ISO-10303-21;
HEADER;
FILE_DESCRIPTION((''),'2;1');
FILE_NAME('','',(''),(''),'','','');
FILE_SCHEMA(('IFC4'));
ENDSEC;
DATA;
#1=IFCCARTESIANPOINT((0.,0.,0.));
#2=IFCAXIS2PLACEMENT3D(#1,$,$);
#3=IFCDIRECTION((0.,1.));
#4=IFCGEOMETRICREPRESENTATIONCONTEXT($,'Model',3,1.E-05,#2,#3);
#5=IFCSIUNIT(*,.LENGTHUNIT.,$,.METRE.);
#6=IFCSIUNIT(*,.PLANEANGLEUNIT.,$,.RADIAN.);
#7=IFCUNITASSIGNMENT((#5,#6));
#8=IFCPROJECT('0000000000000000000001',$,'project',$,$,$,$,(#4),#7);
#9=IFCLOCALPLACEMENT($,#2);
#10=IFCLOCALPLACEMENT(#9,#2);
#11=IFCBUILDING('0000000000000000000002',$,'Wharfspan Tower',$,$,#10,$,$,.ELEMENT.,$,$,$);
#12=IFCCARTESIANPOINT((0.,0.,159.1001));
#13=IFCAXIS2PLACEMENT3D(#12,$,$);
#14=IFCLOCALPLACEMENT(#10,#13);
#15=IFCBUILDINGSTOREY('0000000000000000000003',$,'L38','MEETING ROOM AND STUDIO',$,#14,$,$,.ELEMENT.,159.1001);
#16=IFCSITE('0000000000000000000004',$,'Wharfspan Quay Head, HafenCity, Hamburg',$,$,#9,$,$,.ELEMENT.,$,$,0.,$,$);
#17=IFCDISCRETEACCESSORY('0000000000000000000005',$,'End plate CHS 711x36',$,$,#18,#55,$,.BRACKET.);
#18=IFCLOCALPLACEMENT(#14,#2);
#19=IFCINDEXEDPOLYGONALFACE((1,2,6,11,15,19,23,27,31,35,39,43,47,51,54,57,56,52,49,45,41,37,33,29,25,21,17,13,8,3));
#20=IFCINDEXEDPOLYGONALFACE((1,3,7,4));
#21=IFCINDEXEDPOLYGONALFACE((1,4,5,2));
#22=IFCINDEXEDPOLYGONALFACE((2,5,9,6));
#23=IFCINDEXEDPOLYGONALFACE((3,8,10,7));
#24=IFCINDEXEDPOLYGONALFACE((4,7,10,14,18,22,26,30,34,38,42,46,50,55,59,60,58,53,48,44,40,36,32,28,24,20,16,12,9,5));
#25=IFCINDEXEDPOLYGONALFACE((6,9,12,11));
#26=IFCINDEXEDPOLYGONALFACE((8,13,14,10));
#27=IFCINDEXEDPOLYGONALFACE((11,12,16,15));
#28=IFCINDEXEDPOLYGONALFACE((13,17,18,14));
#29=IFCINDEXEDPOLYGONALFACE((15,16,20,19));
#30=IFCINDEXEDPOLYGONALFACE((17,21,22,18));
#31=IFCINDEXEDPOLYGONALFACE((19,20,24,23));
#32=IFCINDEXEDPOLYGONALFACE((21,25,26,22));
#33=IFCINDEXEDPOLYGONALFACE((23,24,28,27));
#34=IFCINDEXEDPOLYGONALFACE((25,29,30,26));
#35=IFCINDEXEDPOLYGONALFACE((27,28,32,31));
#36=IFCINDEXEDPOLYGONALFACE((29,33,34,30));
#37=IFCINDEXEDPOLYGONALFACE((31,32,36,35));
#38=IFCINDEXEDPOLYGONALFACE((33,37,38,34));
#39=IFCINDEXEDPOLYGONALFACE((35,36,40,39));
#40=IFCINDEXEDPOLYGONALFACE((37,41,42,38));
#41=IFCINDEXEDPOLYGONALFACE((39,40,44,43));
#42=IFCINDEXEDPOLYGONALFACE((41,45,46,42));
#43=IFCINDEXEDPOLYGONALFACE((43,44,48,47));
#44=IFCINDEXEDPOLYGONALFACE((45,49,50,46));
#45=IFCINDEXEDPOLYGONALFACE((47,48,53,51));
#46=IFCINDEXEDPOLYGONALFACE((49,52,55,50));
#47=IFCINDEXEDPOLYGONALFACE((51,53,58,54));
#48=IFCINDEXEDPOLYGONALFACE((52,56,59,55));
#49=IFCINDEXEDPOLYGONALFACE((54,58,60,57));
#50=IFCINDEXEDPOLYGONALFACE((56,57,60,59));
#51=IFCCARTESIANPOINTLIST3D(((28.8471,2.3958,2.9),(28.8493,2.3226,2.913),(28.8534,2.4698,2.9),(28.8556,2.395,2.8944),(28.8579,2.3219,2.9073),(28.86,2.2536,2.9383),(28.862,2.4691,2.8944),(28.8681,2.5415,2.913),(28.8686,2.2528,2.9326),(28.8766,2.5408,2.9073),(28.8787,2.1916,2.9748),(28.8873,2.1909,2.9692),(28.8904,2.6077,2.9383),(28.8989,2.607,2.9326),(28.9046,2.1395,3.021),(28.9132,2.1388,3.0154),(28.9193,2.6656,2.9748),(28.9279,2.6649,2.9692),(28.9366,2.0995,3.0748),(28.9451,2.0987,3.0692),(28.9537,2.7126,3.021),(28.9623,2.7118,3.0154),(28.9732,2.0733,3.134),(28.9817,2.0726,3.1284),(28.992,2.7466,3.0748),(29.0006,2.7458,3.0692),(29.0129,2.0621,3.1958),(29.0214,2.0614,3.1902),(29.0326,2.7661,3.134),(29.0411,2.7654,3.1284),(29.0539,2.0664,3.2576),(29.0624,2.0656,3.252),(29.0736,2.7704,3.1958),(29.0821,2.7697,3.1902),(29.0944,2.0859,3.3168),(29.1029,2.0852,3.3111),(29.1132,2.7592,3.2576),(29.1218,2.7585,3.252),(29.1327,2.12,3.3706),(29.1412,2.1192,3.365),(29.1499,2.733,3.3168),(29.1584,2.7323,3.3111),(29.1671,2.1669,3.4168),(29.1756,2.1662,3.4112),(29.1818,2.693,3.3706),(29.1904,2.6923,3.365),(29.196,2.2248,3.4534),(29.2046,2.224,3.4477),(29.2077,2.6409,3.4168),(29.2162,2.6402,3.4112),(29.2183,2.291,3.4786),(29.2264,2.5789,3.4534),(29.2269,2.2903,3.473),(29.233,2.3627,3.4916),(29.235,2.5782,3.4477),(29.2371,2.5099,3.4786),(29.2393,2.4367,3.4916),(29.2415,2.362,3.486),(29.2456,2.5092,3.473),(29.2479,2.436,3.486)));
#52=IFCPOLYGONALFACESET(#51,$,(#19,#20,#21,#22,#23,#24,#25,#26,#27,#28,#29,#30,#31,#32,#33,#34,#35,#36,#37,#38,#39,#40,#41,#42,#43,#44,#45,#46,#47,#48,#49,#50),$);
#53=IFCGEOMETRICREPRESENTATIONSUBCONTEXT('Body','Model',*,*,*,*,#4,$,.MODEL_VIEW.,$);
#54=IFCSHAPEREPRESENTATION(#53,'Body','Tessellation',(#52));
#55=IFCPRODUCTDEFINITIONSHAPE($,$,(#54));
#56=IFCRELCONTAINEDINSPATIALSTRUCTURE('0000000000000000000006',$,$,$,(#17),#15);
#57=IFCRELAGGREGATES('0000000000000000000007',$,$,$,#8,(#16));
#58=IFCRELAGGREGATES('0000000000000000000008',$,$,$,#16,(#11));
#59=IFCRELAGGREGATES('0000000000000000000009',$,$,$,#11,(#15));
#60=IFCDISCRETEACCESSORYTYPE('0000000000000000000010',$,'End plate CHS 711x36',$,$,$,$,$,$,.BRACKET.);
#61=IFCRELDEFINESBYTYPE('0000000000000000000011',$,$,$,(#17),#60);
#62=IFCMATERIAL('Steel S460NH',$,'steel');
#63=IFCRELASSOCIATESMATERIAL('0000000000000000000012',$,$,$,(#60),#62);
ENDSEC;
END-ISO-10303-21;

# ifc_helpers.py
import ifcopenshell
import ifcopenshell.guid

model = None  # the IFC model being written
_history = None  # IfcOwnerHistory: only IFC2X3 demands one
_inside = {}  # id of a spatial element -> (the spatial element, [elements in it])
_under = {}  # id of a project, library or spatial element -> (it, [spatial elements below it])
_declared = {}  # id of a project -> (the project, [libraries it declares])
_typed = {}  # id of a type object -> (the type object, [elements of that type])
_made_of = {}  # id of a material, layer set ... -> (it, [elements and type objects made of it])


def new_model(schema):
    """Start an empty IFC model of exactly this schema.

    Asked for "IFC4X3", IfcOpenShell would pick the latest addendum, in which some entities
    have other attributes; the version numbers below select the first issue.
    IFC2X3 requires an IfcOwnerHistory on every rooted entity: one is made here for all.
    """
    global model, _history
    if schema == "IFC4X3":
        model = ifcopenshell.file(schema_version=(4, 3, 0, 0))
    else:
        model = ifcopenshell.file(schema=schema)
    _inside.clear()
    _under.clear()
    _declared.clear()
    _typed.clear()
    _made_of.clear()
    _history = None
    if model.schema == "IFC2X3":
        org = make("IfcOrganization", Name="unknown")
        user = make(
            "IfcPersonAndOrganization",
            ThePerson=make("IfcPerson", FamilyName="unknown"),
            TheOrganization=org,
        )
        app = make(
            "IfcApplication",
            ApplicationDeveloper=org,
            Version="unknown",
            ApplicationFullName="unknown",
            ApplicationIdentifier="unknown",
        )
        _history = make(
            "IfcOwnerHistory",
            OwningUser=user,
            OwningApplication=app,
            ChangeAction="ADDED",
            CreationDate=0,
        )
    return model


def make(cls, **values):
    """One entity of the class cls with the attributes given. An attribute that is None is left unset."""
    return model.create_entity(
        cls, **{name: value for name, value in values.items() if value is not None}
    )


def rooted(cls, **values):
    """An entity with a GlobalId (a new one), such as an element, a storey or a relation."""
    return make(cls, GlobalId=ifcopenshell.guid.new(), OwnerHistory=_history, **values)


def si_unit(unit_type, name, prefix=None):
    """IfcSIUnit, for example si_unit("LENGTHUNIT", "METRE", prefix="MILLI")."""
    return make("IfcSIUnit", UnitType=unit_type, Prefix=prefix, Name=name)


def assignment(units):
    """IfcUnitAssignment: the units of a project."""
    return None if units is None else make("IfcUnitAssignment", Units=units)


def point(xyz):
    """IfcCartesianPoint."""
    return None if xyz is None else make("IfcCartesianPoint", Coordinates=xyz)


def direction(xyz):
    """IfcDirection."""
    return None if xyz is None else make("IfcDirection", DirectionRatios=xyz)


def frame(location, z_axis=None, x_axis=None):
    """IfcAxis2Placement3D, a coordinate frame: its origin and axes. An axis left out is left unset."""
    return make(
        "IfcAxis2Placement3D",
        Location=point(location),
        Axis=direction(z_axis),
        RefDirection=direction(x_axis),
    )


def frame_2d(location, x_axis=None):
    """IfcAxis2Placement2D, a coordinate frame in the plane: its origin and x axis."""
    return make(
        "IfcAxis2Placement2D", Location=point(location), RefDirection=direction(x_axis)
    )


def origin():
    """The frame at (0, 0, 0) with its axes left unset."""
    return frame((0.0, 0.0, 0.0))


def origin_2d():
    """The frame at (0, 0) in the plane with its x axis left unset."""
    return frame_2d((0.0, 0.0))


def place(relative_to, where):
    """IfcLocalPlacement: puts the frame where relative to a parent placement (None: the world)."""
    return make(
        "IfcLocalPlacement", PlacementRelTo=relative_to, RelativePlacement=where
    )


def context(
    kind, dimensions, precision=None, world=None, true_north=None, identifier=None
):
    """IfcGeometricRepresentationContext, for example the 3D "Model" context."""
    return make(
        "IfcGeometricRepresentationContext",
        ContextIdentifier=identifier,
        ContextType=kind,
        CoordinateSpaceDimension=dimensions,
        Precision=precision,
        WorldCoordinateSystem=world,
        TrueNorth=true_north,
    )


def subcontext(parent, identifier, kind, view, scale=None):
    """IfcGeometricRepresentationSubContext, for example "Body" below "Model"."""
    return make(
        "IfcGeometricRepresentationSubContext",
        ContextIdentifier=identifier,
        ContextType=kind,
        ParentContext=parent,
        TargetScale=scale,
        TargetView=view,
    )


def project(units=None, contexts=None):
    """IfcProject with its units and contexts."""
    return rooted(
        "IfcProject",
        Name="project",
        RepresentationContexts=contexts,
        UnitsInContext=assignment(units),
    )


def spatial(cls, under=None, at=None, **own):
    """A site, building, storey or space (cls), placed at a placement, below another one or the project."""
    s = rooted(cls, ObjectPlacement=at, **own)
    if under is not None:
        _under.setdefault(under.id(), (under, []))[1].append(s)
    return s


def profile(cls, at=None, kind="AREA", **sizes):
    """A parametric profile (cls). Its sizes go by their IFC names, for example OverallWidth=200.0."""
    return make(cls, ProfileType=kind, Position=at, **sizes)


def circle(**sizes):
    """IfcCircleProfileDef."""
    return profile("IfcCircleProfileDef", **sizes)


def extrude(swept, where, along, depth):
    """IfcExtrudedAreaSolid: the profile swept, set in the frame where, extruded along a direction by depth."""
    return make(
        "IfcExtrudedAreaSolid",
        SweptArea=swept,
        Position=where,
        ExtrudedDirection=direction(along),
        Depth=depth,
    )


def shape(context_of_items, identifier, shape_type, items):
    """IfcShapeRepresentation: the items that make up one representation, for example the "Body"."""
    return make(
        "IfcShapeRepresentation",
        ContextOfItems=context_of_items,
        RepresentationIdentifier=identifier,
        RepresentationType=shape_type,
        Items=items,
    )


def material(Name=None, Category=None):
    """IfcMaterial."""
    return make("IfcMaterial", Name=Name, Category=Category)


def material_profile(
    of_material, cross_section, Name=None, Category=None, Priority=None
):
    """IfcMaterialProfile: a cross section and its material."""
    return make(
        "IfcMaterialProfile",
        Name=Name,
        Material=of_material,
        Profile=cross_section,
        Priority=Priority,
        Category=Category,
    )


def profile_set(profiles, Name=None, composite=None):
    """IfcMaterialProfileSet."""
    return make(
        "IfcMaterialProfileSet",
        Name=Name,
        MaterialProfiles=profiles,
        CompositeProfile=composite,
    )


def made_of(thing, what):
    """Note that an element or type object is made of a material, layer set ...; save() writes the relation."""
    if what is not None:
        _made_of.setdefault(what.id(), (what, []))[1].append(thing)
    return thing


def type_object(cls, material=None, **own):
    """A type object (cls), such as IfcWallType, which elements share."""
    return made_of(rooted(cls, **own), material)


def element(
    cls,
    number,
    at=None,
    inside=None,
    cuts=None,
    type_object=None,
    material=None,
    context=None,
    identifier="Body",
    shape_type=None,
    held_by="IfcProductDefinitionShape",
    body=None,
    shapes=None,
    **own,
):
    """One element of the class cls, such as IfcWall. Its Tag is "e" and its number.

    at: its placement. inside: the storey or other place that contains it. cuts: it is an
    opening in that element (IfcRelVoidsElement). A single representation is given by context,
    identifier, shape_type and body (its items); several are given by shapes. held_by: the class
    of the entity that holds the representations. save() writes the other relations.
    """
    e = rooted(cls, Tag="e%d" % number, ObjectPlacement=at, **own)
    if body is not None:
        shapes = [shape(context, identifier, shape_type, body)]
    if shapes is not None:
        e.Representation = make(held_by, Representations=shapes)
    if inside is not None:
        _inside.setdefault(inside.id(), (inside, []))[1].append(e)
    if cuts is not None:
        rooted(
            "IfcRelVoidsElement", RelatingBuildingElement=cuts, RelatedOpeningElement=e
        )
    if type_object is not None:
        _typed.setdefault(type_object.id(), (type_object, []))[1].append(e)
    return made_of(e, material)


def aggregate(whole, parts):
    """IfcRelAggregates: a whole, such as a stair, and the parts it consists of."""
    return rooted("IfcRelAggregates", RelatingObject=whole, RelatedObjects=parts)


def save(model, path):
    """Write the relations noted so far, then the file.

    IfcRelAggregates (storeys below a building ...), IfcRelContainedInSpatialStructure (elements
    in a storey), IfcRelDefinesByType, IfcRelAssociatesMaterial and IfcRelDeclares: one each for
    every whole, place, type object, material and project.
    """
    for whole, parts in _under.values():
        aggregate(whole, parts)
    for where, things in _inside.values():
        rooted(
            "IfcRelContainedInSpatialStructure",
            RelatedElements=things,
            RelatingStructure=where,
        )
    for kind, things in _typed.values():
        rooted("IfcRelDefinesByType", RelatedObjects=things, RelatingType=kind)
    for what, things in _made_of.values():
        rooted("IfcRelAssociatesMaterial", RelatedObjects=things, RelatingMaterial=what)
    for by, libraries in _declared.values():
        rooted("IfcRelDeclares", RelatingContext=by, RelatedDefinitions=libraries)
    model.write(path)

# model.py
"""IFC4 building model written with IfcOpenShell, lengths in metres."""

from ifc_helpers import new_model, si_unit, direction, frame, origin, origin_2d, place, context, subcontext, project, spatial, circle, extrude, material, material_profile, profile_set, type_object, element, save


model = new_model("IFC4")

# Units and contexts
model_context = context("Model", 3, precision=1e-05, world=origin(), true_north=direction((0.0, 1.0)))
body_context = subcontext(model_context, "Body", "Model", "MODEL_VIEW")
ifc_project = project(units=[si_unit("LENGTHUNIT", "METRE"), si_unit("PLANEANGLEUNIT", "RADIAN")], contexts=[model_context])

# Site, building, storey
site_placement = place(None, origin())
site = spatial("IfcSite", under=ifc_project, at=site_placement, Name="Wharfspan Quay Head, HafenCity, Hamburg", CompositionType="ELEMENT", RefElevation=0.0)
building_placement = place(site_placement, origin())
building = spatial("IfcBuilding", under=site, at=building_placement, Name="Wharfspan Tower", CompositionType="ELEMENT")
storey_placement = place(building_placement, frame((0.0, 0.0, 159.1001)))
storey = spatial("IfcBuildingStorey", under=building, at=storey_placement, Name="L38", Description="MEETING ROOM AND STUDIO", CompositionType="ELEMENT", Elevation=159.1001)

# Shared definitions
ifc_material_1 = material(Name="Steel S460NH", Category="steel")

# Discrete accessory
ifc_material_profile_1 = material_profile(ifc_material_1, circle(Radius=0.3555, at=origin_2d()))
ifc_profile_set_1 = profile_set([ifc_material_profile_1], Name="Steel S460NH")
discrete_accessory_type = type_object("IfcDiscreteAccessoryType", Name="End plate CHS 711x36", PredefinedType="BRACKET", material=ifc_profile_set_1)
discrete_accessory_1_placement = place(storey_placement, frame((29.0518, 2.4155, 3.1902), z_axis=(-0.83357, 0.071449, 0.547774), x_axis=(-0.085401, -0.996343, 0.0)))
element("IfcDiscreteAccessory", 1, at=discrete_accessory_1_placement, inside=storey, type_object=discrete_accessory_type, Name="End plate CHS 711x36", PredefinedType="BRACKET", context=body_context, shape_type="SweptSolid", body=[
    extrude(circle(Radius=0.3555, at=origin_2d()), origin(), (0.0, 0.0, 1.0), 0.0103),
])

save(model, "model.ifc")
